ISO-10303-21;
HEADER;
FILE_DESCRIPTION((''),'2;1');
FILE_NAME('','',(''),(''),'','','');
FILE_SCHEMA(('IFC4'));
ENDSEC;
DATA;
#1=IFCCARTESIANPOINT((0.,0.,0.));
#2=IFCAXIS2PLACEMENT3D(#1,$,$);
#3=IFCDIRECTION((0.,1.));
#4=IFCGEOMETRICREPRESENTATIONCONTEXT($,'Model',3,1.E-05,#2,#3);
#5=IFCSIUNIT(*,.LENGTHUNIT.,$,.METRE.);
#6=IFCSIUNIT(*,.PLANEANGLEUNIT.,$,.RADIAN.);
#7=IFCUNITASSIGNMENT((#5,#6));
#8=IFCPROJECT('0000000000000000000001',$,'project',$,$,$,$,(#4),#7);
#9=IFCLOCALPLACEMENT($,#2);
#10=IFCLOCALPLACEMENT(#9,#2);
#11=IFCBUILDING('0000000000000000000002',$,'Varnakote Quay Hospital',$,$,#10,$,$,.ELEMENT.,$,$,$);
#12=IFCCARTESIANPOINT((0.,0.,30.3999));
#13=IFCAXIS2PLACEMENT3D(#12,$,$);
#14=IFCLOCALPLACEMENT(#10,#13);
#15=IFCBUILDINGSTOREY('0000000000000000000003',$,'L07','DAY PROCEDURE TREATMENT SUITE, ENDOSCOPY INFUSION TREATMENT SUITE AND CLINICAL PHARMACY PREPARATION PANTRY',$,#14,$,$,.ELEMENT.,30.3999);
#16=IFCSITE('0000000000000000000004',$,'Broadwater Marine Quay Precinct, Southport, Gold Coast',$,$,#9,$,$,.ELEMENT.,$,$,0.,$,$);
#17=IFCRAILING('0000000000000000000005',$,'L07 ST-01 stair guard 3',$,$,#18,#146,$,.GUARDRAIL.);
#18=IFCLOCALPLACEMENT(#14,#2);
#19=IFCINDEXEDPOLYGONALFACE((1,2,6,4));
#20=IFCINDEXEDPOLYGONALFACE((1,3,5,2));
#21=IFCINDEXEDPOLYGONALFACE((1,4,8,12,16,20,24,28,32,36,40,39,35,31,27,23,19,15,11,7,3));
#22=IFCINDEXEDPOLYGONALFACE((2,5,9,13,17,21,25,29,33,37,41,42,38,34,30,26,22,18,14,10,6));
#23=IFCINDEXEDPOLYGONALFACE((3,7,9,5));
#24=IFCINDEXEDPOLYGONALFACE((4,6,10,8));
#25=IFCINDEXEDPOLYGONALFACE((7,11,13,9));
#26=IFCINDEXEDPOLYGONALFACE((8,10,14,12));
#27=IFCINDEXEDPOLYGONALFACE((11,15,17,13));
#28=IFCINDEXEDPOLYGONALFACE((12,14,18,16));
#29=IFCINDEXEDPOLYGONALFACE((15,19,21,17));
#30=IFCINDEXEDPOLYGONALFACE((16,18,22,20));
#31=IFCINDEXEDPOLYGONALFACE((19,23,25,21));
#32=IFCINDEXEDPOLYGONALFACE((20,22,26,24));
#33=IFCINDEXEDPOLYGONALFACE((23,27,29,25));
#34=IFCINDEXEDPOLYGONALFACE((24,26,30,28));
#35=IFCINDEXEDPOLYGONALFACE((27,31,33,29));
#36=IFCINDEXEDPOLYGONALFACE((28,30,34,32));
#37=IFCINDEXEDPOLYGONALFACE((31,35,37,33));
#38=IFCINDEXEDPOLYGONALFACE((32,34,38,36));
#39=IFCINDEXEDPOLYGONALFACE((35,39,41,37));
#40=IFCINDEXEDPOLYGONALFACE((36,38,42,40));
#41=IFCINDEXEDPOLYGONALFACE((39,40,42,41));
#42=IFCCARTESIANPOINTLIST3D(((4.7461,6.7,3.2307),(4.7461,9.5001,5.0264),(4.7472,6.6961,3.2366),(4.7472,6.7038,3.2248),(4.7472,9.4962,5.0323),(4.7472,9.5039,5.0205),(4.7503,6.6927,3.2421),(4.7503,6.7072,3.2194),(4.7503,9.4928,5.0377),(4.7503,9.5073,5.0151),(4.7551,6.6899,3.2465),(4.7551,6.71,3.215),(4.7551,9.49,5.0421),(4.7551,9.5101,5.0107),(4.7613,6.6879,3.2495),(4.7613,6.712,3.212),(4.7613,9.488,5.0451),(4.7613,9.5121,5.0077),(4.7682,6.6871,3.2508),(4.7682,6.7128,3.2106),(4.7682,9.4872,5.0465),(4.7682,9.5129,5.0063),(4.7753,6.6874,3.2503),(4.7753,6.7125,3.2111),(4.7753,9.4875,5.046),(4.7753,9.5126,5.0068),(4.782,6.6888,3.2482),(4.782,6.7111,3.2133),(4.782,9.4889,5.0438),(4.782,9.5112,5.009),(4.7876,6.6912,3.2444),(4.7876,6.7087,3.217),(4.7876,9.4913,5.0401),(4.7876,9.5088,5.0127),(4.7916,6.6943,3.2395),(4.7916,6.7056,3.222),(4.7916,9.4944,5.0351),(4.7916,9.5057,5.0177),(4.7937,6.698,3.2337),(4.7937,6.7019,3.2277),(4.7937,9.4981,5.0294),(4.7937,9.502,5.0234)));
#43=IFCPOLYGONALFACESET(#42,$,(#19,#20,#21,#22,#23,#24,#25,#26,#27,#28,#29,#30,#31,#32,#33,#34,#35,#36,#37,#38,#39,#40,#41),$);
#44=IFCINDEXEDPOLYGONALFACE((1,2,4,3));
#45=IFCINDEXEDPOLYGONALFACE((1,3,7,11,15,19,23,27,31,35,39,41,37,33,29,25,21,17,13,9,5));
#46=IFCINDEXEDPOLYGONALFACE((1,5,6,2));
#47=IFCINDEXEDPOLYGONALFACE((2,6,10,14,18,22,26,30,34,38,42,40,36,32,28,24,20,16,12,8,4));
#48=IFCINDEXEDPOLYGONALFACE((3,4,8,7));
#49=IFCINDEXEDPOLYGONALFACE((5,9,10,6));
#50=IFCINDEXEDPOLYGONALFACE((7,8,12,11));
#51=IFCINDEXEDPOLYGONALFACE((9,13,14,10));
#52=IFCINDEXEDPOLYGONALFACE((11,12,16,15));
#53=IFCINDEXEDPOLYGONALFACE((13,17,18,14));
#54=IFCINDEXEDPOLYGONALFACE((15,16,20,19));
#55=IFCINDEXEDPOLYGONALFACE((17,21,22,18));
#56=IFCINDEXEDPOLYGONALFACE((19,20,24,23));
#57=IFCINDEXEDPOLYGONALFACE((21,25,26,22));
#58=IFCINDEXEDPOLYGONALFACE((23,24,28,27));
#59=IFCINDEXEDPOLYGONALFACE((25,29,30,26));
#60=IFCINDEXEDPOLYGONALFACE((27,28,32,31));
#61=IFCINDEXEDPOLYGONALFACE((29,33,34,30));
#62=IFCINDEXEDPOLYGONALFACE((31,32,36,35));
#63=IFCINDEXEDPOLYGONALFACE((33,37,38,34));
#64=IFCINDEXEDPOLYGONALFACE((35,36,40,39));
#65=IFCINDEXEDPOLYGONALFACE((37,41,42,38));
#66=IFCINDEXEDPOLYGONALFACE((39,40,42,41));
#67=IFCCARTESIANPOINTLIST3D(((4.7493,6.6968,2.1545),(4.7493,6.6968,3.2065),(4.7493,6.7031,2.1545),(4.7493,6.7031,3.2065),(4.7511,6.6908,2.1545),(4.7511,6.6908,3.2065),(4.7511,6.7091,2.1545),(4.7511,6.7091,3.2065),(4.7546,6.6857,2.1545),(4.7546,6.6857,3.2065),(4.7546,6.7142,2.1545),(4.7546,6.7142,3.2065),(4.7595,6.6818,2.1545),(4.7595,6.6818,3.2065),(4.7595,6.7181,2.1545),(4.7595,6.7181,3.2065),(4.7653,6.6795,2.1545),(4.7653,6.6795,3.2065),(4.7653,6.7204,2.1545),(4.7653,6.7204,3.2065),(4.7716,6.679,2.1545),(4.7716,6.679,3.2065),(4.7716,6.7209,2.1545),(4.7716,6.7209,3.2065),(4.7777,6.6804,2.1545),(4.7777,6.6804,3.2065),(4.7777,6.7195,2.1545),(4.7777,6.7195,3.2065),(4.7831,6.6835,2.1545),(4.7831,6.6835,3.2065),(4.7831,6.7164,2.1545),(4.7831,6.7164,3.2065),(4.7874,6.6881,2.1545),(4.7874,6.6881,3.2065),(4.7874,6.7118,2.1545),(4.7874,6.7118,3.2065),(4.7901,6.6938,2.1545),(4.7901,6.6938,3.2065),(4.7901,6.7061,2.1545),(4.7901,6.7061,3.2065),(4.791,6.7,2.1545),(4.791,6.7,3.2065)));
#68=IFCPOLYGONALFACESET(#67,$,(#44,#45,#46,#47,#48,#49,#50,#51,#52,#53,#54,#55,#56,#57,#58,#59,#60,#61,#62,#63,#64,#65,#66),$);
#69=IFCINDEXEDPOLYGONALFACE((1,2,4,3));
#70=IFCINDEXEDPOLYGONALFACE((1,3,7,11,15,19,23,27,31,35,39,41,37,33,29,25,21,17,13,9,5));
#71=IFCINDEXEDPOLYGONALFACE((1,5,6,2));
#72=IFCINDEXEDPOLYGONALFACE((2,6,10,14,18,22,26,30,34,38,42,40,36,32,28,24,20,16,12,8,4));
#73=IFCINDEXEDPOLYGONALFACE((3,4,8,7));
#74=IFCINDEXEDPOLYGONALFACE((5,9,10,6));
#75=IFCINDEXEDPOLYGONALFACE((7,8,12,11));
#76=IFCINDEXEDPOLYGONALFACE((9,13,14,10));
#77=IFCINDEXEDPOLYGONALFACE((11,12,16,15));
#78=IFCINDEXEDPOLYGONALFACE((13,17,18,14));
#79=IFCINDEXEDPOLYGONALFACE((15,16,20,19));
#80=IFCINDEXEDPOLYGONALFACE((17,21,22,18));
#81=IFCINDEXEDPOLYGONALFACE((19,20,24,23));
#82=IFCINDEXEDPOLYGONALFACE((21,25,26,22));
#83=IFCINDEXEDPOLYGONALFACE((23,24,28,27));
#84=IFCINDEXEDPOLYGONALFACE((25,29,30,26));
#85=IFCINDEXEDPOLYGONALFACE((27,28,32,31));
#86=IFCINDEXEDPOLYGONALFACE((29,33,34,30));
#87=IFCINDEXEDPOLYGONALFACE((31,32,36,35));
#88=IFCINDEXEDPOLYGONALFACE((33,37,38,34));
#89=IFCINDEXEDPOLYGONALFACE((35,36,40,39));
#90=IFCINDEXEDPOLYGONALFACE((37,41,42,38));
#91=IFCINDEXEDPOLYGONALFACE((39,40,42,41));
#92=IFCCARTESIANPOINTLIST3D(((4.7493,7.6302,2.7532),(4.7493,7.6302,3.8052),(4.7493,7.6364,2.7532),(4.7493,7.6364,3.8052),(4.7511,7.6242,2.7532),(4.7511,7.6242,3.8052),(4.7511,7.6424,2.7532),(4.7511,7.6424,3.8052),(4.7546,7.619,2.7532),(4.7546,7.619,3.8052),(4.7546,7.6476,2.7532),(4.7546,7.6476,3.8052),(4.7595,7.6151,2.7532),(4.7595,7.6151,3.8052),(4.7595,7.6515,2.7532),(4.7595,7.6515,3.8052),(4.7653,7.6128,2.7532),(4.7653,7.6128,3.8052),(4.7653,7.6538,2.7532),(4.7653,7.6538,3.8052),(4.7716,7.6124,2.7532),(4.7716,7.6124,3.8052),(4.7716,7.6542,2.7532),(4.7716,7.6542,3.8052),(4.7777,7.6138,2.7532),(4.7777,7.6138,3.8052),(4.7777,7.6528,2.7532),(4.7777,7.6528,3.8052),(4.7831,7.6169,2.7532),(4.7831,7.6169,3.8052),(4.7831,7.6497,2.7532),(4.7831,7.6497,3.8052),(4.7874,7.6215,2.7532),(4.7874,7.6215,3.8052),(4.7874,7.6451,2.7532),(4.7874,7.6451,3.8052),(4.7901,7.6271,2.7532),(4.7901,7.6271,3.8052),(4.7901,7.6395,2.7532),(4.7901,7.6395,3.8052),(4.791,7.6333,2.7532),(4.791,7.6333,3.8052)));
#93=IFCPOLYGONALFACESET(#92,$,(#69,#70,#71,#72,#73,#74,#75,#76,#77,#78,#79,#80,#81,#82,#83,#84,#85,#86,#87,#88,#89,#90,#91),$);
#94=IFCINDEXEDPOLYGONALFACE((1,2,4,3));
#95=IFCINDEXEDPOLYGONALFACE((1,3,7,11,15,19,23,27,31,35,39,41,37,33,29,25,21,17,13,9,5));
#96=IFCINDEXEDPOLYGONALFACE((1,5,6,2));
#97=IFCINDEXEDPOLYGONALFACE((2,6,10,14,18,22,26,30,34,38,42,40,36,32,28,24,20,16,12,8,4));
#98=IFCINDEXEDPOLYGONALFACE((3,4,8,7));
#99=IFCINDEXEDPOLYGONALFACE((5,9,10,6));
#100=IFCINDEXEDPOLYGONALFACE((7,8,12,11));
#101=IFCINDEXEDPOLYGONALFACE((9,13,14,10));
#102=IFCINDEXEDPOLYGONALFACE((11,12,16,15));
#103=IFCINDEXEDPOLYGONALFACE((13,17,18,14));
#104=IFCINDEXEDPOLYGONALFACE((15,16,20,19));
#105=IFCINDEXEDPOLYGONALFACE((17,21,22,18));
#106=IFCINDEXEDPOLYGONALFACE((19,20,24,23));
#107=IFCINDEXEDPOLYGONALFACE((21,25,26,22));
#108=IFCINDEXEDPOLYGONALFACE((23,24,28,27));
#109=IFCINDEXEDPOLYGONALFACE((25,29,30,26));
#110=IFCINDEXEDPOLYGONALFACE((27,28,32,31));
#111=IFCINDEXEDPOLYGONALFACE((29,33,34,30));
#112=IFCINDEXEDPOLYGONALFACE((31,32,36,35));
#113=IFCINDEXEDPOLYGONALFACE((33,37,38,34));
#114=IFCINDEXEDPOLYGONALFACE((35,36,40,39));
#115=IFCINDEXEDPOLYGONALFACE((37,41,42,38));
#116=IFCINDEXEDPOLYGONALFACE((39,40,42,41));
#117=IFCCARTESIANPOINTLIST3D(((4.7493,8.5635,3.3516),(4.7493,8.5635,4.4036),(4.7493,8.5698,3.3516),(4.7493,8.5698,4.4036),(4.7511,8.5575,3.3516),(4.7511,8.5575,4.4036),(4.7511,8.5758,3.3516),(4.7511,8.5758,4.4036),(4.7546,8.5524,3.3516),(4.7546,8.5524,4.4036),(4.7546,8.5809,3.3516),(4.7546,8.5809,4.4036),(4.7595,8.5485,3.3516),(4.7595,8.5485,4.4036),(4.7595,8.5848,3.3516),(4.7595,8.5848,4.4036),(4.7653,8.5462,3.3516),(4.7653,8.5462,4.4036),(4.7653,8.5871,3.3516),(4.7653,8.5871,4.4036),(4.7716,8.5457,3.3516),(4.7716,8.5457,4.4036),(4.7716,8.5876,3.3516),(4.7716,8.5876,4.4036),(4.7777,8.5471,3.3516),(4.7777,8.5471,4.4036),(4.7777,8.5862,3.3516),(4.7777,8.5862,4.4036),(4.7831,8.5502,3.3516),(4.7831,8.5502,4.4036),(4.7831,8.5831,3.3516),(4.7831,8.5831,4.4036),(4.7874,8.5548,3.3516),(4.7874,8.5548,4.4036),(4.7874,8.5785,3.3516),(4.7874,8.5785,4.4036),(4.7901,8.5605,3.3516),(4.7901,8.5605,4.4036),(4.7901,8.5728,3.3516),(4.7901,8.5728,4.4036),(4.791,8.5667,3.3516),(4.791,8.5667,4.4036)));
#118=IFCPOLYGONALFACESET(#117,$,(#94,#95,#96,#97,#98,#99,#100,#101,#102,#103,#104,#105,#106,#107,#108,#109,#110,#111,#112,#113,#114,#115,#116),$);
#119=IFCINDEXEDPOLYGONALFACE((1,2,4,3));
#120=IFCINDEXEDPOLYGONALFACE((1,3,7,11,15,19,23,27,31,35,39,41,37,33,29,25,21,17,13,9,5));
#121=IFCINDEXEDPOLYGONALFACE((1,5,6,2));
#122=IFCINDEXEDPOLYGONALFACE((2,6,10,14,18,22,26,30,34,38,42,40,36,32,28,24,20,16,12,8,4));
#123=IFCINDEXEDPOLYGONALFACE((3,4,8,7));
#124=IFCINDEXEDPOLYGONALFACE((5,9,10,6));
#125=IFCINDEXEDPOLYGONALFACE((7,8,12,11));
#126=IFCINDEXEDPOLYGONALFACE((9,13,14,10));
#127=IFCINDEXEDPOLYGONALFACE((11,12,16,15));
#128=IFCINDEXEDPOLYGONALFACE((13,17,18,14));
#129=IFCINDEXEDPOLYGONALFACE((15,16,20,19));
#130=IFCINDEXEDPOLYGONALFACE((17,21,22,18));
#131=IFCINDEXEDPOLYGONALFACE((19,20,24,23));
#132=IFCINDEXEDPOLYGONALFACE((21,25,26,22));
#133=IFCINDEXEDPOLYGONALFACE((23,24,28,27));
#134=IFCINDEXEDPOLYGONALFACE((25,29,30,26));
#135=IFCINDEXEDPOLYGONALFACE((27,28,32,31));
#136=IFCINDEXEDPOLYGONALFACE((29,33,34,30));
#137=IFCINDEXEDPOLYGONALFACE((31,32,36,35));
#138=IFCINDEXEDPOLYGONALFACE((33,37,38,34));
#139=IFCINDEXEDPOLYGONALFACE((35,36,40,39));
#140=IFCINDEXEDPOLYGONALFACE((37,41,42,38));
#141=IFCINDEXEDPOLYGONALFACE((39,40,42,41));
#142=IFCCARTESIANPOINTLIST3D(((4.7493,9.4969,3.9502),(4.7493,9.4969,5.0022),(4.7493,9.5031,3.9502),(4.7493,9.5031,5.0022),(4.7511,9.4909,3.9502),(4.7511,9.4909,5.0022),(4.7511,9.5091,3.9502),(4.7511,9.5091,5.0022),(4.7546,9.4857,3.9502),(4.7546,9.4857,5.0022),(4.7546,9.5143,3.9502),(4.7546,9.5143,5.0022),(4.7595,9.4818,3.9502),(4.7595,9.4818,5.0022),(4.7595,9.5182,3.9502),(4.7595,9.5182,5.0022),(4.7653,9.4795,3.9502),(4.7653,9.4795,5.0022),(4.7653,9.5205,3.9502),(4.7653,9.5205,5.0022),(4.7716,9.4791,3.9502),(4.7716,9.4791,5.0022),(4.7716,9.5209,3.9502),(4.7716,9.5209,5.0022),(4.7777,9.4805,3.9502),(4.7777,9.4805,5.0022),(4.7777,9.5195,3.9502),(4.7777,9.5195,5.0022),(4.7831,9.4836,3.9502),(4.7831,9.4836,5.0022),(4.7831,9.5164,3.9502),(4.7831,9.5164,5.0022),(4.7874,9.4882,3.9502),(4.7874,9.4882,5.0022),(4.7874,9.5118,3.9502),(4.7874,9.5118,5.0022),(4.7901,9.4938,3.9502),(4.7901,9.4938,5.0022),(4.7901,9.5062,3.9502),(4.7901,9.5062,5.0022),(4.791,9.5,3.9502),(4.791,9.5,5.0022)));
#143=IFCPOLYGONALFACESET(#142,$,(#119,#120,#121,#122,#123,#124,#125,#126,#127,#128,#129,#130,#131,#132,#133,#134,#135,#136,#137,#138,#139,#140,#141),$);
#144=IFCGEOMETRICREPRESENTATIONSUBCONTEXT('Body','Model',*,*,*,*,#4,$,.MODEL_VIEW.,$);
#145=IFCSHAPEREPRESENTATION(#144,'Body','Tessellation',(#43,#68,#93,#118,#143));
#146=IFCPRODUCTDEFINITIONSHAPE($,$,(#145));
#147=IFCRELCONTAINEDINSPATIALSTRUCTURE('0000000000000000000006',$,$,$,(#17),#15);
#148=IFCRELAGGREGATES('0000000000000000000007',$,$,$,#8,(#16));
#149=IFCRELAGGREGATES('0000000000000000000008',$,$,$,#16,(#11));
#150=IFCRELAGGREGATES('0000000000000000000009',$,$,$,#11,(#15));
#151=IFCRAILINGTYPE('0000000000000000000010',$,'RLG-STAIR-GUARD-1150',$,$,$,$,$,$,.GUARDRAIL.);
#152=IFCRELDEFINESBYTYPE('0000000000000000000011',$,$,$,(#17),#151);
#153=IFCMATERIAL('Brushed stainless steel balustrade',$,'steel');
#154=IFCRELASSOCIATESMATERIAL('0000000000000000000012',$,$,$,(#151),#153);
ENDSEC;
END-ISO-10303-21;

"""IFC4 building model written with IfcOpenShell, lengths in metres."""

from ifc_helpers import new_model, si_unit, direction, frame, origin, origin_2d, place, context, subcontext, project, spatial, circle, extrude, material, type_object, element, save


model = new_model("IFC4")

# Units and contexts
model_context = context("Model", 3, precision=1e-05, world=origin(), true_north=direction((0.0, 1.0)))
body_context = subcontext(model_context, "Body", "Model", "MODEL_VIEW")
ifc_project = project(units=[si_unit("LENGTHUNIT", "METRE"), si_unit("PLANEANGLEUNIT", "RADIAN")], contexts=[model_context])

# Site, building, storey
site_placement = place(None, origin())
site = spatial("IfcSite", under=ifc_project, at=site_placement, Name="Broadwater Marine Quay Precinct, Southport, Gold Coast", CompositionType="ELEMENT", RefElevation=0.0)
building_placement = place(site_placement, origin())
building = spatial("IfcBuilding", under=site, at=building_placement, Name="Varnakote Quay Hospital", CompositionType="ELEMENT")
storey_placement = place(building_placement, frame((0.0, 0.0, 30.3999)))
storey = spatial("IfcBuildingStorey", under=building, at=storey_placement, Name="L07", Description="DAY PROCEDURE TREATMENT SUITE, ENDOSCOPY INFUSION TREATMENT SUITE AND CLINICAL PHARMACY PREPARATION PANTRY", CompositionType="ELEMENT", Elevation=30.3999)

# Railing
ifc_material_1 = material(Name="Brushed stainless steel balustrade", Category="steel")
railing_type_1 = type_object("IfcRailingType", Name="RLG-STAIR-GUARD-1150", PredefinedType="GUARDRAIL", material=ifc_material_1)
railing_1_placement = place(storey_placement, frame((4.77, 6.7, 2.1545)))
element("IfcRailing", 1, at=railing_1_placement, inside=storey, type_object=railing_type_1, Name="L07 ST-01 stair guard 3", PredefinedType="GUARDRAIL", context=body_context, shape_type="SweptSolid", body=[
    extrude(circle(Radius=0.0239, at=origin_2d()), frame((0.0, 0.0, 1.0762), z_axis=(0.0, 0.841777, 0.539826), x_axis=(-1.0, 0.0, 0.0)), (0.0, 0.0, 1.0), 3.3264),
    extrude(circle(Radius=0.021, at=origin_2d()), origin(), (0.0, 0.0, 1.0), 1.052),
    extrude(circle(Radius=0.021, at=origin_2d()), frame((0.0, 0.9333, 0.5986)), (0.0, 0.0, 1.0), 1.052),
    extrude(circle(Radius=0.021, at=origin_2d()), frame((0.0, 1.8667, 1.197)), (0.0, 0.0, 1.0), 1.052),
    extrude(circle(Radius=0.021, at=origin_2d()), frame((0.0, 2.8, 1.7957)), (0.0, 0.0, 1.0), 1.052),
])

save(model, "model.ifc")
